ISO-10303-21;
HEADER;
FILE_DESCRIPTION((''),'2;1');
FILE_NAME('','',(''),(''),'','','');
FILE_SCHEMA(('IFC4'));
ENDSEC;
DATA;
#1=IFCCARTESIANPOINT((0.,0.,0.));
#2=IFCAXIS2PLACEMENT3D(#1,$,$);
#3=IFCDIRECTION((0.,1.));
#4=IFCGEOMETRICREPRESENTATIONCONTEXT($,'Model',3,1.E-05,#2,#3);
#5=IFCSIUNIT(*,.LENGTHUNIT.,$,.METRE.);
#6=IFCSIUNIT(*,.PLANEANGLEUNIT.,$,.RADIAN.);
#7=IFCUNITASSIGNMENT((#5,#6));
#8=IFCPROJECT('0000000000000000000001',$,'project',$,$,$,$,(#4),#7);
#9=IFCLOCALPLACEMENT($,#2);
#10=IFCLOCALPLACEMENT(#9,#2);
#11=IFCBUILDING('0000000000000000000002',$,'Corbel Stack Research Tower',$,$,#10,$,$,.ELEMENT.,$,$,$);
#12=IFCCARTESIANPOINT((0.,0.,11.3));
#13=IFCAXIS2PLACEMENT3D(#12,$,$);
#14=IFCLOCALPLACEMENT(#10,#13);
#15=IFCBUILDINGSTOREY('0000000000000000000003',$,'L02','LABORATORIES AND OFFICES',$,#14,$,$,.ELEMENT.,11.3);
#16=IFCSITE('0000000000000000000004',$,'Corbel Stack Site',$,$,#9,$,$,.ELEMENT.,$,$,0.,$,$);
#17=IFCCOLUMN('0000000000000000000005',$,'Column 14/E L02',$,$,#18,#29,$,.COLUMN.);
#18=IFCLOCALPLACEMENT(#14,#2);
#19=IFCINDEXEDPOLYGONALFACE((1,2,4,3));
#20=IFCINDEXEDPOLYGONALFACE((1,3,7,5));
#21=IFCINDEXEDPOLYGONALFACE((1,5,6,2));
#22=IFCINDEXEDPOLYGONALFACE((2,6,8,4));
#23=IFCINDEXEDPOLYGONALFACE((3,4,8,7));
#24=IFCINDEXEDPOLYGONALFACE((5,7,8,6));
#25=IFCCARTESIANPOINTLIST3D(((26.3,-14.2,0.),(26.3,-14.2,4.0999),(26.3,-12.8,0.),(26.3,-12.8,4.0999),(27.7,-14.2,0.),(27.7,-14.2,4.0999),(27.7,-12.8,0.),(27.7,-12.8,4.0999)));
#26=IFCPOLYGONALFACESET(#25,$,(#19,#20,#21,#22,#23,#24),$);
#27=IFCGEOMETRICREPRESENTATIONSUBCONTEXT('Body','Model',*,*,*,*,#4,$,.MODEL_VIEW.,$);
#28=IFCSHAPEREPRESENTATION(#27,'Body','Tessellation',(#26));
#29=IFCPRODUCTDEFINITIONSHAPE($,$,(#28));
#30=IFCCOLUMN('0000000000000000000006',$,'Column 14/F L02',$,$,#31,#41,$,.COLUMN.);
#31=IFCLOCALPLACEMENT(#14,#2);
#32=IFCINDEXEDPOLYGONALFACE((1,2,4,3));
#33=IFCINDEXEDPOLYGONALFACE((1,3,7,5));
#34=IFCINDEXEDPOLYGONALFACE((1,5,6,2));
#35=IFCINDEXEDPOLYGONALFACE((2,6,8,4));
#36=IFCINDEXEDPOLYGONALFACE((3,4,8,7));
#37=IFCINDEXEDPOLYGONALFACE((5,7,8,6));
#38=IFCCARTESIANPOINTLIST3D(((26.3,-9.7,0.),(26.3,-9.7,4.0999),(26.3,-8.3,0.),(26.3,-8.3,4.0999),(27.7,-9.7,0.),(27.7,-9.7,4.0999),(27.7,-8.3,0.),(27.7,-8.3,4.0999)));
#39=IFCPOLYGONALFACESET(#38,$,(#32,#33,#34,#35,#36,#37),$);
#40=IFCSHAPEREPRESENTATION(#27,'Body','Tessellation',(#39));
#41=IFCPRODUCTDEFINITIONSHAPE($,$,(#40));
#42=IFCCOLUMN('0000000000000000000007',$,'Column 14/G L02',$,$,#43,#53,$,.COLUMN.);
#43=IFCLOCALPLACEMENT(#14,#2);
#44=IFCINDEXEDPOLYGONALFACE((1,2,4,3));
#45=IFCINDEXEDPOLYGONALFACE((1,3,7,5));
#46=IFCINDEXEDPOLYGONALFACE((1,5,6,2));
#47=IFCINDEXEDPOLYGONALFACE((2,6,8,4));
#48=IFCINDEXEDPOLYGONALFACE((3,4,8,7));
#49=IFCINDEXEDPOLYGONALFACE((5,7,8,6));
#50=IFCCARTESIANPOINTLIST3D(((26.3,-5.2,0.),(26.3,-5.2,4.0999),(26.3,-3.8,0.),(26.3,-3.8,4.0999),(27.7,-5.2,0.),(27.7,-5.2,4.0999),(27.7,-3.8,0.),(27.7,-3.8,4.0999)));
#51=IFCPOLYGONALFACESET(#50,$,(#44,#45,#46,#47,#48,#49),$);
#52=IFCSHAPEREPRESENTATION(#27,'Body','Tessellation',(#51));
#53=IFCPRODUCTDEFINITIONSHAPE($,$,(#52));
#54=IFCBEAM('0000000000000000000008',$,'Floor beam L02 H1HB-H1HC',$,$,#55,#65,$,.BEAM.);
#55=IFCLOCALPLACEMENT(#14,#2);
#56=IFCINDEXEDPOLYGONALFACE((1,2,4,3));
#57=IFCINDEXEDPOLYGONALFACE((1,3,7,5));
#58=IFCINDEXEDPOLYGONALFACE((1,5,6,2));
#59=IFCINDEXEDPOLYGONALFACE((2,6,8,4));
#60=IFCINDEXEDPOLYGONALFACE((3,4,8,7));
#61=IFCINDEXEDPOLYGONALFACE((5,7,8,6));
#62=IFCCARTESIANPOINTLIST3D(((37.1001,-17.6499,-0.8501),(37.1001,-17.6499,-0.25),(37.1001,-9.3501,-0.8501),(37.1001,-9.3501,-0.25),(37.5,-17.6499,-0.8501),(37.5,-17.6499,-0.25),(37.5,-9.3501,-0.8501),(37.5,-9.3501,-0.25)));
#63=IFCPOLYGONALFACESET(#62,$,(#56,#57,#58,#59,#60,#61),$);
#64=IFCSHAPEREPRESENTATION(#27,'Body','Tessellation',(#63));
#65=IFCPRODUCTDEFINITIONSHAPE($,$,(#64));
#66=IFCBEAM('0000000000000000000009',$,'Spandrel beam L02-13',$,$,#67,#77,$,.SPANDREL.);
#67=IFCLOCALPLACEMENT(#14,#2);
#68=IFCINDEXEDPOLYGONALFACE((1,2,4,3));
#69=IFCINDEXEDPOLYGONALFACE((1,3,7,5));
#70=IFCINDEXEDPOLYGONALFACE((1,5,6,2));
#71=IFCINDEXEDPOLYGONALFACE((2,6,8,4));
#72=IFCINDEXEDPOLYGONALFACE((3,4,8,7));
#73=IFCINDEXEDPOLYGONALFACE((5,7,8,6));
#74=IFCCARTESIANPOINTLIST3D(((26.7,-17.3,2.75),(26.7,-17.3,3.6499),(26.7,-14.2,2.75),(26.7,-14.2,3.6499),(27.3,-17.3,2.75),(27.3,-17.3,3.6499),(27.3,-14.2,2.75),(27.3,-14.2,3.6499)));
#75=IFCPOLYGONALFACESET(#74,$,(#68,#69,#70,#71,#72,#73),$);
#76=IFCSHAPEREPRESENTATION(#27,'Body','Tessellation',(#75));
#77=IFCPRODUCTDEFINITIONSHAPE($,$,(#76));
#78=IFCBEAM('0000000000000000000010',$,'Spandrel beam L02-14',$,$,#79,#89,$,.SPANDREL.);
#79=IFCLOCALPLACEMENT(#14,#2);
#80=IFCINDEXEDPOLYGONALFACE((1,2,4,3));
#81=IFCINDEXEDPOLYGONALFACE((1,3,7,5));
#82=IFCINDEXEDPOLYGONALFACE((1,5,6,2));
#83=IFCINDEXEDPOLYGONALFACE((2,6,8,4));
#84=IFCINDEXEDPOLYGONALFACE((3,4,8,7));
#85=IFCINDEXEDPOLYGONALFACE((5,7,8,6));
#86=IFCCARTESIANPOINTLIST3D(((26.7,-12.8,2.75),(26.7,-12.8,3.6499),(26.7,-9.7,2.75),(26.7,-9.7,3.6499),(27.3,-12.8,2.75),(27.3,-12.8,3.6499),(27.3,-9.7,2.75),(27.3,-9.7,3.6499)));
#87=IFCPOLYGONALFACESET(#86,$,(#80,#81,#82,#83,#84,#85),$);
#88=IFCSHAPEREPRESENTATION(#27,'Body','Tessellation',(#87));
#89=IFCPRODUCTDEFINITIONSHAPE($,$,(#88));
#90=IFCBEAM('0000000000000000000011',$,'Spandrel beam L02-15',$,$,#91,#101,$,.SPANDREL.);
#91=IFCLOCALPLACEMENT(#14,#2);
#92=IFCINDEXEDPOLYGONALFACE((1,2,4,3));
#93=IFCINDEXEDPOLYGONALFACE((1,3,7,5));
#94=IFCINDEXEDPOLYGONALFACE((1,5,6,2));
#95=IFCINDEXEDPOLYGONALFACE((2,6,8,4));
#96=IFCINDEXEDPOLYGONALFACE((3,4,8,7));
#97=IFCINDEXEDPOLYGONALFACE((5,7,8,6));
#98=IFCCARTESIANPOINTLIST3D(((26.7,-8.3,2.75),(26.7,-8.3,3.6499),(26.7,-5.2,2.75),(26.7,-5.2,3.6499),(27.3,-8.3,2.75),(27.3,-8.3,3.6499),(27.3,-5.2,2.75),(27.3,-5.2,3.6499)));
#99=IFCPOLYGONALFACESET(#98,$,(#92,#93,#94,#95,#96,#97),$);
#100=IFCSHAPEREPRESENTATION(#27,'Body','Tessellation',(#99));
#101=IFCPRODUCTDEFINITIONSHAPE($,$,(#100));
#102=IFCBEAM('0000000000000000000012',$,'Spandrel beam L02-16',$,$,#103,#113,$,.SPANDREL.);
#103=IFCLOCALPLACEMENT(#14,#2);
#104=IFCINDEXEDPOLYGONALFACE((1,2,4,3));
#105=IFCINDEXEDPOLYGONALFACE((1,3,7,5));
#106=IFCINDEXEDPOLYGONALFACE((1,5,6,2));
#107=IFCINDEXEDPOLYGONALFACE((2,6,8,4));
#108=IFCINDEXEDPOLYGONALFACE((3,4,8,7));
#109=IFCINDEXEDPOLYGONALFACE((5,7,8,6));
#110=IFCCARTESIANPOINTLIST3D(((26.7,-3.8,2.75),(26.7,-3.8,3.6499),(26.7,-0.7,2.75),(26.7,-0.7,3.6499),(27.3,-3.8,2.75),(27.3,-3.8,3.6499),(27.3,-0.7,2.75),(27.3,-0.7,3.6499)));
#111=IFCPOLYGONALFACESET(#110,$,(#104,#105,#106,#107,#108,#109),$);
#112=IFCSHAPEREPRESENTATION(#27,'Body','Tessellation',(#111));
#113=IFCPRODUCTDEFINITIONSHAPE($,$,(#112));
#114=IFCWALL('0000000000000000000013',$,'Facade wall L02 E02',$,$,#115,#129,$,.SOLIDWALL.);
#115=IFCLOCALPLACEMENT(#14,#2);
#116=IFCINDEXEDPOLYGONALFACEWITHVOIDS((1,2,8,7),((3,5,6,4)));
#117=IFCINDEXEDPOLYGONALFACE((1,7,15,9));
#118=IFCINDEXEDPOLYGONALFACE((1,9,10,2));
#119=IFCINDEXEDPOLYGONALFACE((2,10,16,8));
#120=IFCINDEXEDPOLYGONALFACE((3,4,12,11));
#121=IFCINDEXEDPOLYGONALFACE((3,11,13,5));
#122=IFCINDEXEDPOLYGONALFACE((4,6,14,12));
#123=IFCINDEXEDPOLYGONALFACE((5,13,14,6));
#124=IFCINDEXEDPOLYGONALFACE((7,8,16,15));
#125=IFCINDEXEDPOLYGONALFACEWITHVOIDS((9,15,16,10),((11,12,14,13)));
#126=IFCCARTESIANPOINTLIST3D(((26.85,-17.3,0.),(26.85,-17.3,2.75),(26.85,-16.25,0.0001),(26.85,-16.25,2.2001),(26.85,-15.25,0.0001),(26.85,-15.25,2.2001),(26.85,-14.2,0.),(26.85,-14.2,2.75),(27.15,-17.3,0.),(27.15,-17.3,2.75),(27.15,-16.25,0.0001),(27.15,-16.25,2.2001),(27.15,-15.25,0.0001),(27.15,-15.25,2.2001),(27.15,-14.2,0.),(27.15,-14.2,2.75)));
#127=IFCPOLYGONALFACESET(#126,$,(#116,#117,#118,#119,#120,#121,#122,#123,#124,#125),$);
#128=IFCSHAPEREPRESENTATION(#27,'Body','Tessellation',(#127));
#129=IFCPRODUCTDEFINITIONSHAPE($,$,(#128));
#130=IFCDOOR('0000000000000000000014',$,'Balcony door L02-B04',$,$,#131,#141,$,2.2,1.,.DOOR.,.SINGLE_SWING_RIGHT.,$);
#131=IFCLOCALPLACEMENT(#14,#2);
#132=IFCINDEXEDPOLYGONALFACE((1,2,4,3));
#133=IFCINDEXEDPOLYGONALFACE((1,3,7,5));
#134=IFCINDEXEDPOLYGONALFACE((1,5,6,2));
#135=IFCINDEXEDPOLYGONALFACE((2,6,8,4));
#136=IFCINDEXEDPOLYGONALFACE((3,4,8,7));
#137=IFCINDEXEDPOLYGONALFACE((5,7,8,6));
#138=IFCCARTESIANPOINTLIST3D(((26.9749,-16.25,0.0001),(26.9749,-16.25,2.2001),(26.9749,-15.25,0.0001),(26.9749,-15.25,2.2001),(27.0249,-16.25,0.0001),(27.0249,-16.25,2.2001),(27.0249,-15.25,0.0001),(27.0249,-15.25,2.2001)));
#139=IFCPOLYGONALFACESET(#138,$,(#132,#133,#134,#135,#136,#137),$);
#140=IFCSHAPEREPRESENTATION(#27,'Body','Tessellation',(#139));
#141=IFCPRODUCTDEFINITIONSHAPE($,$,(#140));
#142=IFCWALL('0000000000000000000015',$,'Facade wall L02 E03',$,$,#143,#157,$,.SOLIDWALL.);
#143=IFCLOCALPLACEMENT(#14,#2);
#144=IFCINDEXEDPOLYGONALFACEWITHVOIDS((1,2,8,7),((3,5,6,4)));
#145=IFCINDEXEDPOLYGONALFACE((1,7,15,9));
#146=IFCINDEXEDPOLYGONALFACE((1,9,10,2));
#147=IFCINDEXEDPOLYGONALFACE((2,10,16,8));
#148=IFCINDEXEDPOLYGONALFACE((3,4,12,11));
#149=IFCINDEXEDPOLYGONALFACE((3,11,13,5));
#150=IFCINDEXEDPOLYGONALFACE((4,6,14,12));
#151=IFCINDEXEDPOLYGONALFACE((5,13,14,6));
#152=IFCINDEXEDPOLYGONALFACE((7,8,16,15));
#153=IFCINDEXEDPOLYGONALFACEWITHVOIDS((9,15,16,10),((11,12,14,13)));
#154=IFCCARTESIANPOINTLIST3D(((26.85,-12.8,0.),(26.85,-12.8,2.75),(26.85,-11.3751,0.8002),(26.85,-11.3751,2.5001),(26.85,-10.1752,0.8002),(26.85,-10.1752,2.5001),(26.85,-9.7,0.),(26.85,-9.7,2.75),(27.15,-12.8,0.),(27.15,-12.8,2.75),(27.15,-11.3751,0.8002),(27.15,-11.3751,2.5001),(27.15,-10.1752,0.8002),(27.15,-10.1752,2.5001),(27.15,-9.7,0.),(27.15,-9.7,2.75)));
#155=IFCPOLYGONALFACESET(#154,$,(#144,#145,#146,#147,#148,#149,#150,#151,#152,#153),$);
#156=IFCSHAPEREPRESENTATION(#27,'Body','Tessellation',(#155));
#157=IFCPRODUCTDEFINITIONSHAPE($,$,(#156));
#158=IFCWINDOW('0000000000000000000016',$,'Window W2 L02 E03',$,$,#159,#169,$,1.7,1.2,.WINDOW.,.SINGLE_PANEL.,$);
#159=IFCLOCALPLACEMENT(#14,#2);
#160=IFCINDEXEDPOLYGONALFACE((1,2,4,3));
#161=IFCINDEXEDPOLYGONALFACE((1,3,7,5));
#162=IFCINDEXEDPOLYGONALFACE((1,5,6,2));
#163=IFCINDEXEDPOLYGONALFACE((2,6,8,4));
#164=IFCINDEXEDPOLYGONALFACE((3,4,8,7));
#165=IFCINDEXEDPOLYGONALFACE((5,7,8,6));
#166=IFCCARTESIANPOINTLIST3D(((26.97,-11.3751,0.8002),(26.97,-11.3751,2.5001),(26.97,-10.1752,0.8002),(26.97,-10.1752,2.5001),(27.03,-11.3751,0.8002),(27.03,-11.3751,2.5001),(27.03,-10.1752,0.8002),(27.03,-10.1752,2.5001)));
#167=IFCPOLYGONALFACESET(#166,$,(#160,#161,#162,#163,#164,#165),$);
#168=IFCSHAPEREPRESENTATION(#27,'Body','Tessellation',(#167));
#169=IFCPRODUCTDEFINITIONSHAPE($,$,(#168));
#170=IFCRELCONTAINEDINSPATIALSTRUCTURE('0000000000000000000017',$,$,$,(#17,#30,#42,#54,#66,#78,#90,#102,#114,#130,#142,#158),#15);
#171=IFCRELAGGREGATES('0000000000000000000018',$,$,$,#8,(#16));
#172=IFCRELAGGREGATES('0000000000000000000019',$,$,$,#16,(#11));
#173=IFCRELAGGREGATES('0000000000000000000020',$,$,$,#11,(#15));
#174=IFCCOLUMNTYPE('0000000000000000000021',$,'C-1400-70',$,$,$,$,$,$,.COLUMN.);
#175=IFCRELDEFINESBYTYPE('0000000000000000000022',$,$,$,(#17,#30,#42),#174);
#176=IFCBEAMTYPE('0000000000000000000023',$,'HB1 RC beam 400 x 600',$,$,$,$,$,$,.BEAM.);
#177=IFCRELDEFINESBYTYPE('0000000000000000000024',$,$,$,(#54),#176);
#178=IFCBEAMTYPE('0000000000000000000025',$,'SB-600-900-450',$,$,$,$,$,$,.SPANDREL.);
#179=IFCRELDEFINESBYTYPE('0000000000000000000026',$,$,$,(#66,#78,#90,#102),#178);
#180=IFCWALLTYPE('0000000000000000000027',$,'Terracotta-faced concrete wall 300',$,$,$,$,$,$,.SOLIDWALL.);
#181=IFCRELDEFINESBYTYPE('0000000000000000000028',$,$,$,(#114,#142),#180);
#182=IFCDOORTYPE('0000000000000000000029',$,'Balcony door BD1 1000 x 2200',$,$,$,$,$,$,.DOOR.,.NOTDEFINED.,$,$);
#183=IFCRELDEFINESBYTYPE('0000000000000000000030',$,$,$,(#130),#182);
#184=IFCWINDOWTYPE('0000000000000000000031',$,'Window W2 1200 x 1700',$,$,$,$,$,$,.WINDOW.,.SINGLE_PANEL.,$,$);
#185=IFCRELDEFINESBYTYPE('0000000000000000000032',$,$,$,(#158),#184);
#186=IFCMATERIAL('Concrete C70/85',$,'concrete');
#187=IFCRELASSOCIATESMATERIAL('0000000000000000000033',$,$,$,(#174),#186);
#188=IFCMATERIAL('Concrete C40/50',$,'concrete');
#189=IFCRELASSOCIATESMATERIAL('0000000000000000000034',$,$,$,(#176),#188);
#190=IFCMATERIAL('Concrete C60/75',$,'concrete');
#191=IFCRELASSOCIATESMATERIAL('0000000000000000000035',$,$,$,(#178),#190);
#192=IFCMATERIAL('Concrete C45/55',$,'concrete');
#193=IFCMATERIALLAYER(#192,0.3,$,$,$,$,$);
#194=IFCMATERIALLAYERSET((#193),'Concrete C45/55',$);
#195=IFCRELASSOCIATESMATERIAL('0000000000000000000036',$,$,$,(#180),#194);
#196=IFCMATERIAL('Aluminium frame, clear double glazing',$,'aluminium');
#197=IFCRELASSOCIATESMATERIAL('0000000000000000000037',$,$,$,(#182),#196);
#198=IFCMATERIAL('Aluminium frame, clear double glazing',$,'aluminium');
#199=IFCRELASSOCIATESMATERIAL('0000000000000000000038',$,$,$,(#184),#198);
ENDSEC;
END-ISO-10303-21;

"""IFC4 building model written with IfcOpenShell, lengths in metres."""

from ifc_helpers import new_model, si_unit, direction, frame, frame_2d, origin, origin_2d, place, context, subcontext, project, spatial, rectangle, extrude, material, layer, layer_set, material_profile, profile_set, type_object, element, fill, save


model = new_model("IFC4")

# Units and contexts
model_context = context("Model", 3, precision=1e-05, world=origin(), true_north=direction((0.0, 1.0)))
body_context = subcontext(model_context, "Body", "Model", "MODEL_VIEW")
ifc_project = project(units=[si_unit("LENGTHUNIT", "METRE"), si_unit("PLANEANGLEUNIT", "RADIAN")], contexts=[model_context])

# Site, building, storey
site_placement = place(None, origin())
site = spatial("IfcSite", under=ifc_project, at=site_placement, Name="Corbel Stack Site", CompositionType="ELEMENT", RefElevation=0.0)
building_placement = place(site_placement, origin())
building = spatial("IfcBuilding", under=site, at=building_placement, Name="Corbel Stack Research Tower", CompositionType="ELEMENT")
storey_placement = place(building_placement, frame((0.0, 0.0, 11.3)))
storey = spatial("IfcBuildingStorey", under=building, at=storey_placement, Name="L02", Description="LABORATORIES AND OFFICES", CompositionType="ELEMENT", Elevation=11.3)

# Columns
ifc_material_1 = material(Name="Concrete C70/85", Category="concrete")
ifc_material_profile_1 = material_profile(ifc_material_1, rectangle(XDim=1.3999, YDim=1.3999, at=origin_2d()), Name="RC 1400 x 1400")
ifc_profile_set_1 = profile_set([ifc_material_profile_1], Name="Concrete C70/85")
column_type = type_object("IfcColumnType", Name="C-1400-70", PredefinedType="COLUMN", material=ifc_profile_set_1)
for number, where, z_axis, x_axis, name in (
    (1, (27.0, -13.5, 0.0), (0.0, 0.0, 1.0), (1.0, 0.0, 0.0), "Column 14/E L02"),
    (2, (27.0, -9.0, 0.0), (0.0, 0.0, 1.0), (1.0, 0.0, 0.0), "Column 14/F L02"),
    (3, (27.0, -4.5, 0.0), (0.0, 0.0, 1.0), (1.0, 0.0, 0.0), "Column 14/G L02"),
):
    element("IfcColumn", number, at=place(storey_placement, frame(where, z_axis=z_axis, x_axis=x_axis)), inside=storey, type_object=column_type, Name=name, PredefinedType="COLUMN", context=body_context, shape_type="SweptSolid", body=[
        extrude(rectangle(XDim=1.3999, YDim=1.3999, at=origin_2d()), origin(), (0.0, 0.0, 1.0), 4.0999),
    ])

# Beams
ifc_material_2 = material(Name="Concrete C40/50", Category="concrete")
ifc_material_profile_2 = material_profile(ifc_material_2, rectangle(XDim=0.3999, YDim=0.6001, at=origin_2d()), Name="RC 400 x 600")
ifc_profile_set_2 = profile_set([ifc_material_profile_2], Name="Concrete C40/50")
beam_type_1 = type_object("IfcBeamType", Name="HB1 RC beam 400 x 600", PredefinedType="BEAM", material=ifc_profile_set_2)
beam_placement = place(storey_placement, frame((37.3, -17.6499, -0.55), z_axis=(0.0, 1.0, 0.0), x_axis=(-1.0, 0.0, 0.0)))
element("IfcBeam", 4, at=beam_placement, inside=storey, type_object=beam_type_1, Name="Floor beam L02 H1HB-H1HC", PredefinedType="BEAM", context=body_context, shape_type="SweptSolid", body=[
    extrude(rectangle(XDim=0.3999, YDim=0.6001, at=origin_2d()), origin(), (0.0, 0.0, 1.0), 8.2998),
])
ifc_material_3 = material(Name="Concrete C60/75", Category="concrete")
ifc_material_profile_3 = material_profile(ifc_material_3, rectangle(XDim=0.6001, YDim=0.8999, at=origin_2d()), Name="RC 600 x 900")
ifc_profile_set_3 = profile_set([ifc_material_profile_3], Name="Concrete C60/75")
beam_type_2 = type_object("IfcBeamType", Name="SB-600-900-450", PredefinedType="SPANDREL", material=ifc_profile_set_3)
for number, where, z_axis, x_axis, name in (
    (5, (27.0, -17.3, 3.2), (0.0, 1.0, 0.0), (-1.0, 0.0, 0.0), "Spandrel beam L02-13"),
    (6, (27.0, -12.8, 3.2), (0.0, 1.0, 0.0), (-1.0, 0.0, 0.0), "Spandrel beam L02-14"),
    (7, (27.0, -8.3, 3.2), (0.0, 1.0, 0.0), (-1.0, 0.0, 0.0), "Spandrel beam L02-15"),
    (8, (27.0, -3.8, 3.2), (0.0, 1.0, 0.0), (-1.0, 0.0, 0.0), "Spandrel beam L02-16"),
):
    element("IfcBeam", number, at=place(storey_placement, frame(where, z_axis=z_axis, x_axis=x_axis)), inside=storey, type_object=beam_type_2, Name=name, PredefinedType="SPANDREL", context=body_context, shape_type="SweptSolid", body=[
        extrude(rectangle(XDim=0.6001, YDim=0.8999, at=origin_2d()), origin(), (0.0, 0.0, 1.0), 3.1001),
    ])

# Wall, opening, door
ifc_material_4 = material(Name="Concrete C45/55", Category="concrete")
ifc_layer = layer(ifc_material_4, 0.3)
ifc_layer_set = layer_set([ifc_layer], Name="Concrete C45/55")
wall_type = type_object("IfcWallType", Name="Terracotta-faced concrete wall 300", PredefinedType="SOLIDWALL", material=ifc_layer_set)
wall_1_placement = place(storey_placement, frame((27.0, -14.2, 0.0), z_axis=(0.0, 0.0, 1.0), x_axis=(0.0, -1.0, 0.0)))
wall_1 = element("IfcWall", 9, at=wall_1_placement, inside=storey, type_object=wall_type, Name="Facade wall L02 E02", PredefinedType="SOLIDWALL", context=body_context, shape_type="SweptSolid", body=[
    extrude(rectangle(XDim=3.1001, YDim=0.3, at=frame_2d((1.55, 0.0))), origin(), (0.0, 0.0, 1.0), 2.75),
])
opening_1_placement = place(wall_1_placement, frame((1.05, 0.0, 0.0)))
opening_1 = element("IfcOpeningElement", 10, at=opening_1_placement, cuts=wall_1, PredefinedType="OPENING", context=body_context, shape_type="SweptSolid", body=[
    extrude(rectangle(XDim=1.0, YDim=2.2, at=frame_2d((0.5, 1.1001))), frame((0.0, 0.1599, 0.0), z_axis=(0.0, -1.0, 0.0), x_axis=(1.0, 0.0, 0.0)), (0.0, 0.0, 1.0), 0.3201),
])
ifc_material_5 = material(Name="Aluminium frame, clear double glazing", Category="aluminium")
door_type = type_object("IfcDoorType", Name="Balcony door BD1 1000 x 2200", OperationType="NOTDEFINED", PredefinedType="DOOR", material=ifc_material_5)
door_placement = place(opening_1_placement, origin())
door = element("IfcDoor", 11, at=door_placement, inside=storey, type_object=door_type, Name="Balcony door L02-B04", OperationType="SINGLE_SWING_RIGHT", OverallHeight=2.2, OverallWidth=1.0, PredefinedType="DOOR", context=body_context, shape_type="SweptSolid", body=[
    extrude(rectangle(XDim=1.0, YDim=2.2, at=frame_2d((0.5, 1.1001))), frame((0.0, 0.0249, 0.0), z_axis=(0.0, -1.0, 0.0), x_axis=(1.0, 0.0, 0.0)), (0.0, 0.0, 1.0), 0.05),
])
fill(opening_1, door)

# Wall, opening, window
wall_2_placement = place(storey_placement, frame((27.0, -9.7, 0.0), z_axis=(0.0, 0.0, 1.0), x_axis=(0.0, -1.0, 0.0)))
wall_2 = element("IfcWall", 12, at=wall_2_placement, inside=storey, type_object=wall_type, Name="Facade wall L02 E03", PredefinedType="SOLIDWALL", context=body_context, shape_type="SweptSolid", body=[
    extrude(rectangle(XDim=3.1001, YDim=0.3, at=frame_2d((1.55, 0.0))), origin(), (0.0, 0.0, 1.0), 2.75),
])
opening_2_placement = place(wall_2_placement, frame((0.4751, 0.0, 0.8)))
opening_2 = element("IfcOpeningElement", 13, at=opening_2_placement, cuts=wall_2, PredefinedType="OPENING", context=body_context, shape_type="SweptSolid", body=[
    extrude(rectangle(XDim=1.2, YDim=1.7, at=frame_2d((0.6001, 0.8501))), frame((0.0, 0.1599, 0.0), z_axis=(0.0, -1.0, 0.0), x_axis=(1.0, 0.0, 0.0)), (0.0, 0.0, 1.0), 0.3201),
])
ifc_material_6 = material(Name="Aluminium frame, clear double glazing", Category="aluminium")
window_type_1 = type_object("IfcWindowType", Name="Window W2 1200 x 1700", PartitioningType="SINGLE_PANEL", PredefinedType="WINDOW", material=ifc_material_6)
window_1_placement = place(opening_2_placement, origin())
window_1 = element("IfcWindow", 14, at=window_1_placement, inside=storey, type_object=window_type_1, Name="Window W2 L02 E03", OverallHeight=1.7, OverallWidth=1.2, PartitioningType="SINGLE_PANEL", PredefinedType="WINDOW", context=body_context, shape_type="SweptSolid", body=[
    extrude(rectangle(XDim=1.2, YDim=1.7, at=frame_2d((0.6001, 0.8501))), frame((0.0, 0.03, 0.0), z_axis=(0.0, -1.0, 0.0), x_axis=(1.0, 0.0, 0.0)), (0.0, 0.0, 1.0), 0.0601),
])
fill(opening_2, window_1)

save(model, "model.ifc")
